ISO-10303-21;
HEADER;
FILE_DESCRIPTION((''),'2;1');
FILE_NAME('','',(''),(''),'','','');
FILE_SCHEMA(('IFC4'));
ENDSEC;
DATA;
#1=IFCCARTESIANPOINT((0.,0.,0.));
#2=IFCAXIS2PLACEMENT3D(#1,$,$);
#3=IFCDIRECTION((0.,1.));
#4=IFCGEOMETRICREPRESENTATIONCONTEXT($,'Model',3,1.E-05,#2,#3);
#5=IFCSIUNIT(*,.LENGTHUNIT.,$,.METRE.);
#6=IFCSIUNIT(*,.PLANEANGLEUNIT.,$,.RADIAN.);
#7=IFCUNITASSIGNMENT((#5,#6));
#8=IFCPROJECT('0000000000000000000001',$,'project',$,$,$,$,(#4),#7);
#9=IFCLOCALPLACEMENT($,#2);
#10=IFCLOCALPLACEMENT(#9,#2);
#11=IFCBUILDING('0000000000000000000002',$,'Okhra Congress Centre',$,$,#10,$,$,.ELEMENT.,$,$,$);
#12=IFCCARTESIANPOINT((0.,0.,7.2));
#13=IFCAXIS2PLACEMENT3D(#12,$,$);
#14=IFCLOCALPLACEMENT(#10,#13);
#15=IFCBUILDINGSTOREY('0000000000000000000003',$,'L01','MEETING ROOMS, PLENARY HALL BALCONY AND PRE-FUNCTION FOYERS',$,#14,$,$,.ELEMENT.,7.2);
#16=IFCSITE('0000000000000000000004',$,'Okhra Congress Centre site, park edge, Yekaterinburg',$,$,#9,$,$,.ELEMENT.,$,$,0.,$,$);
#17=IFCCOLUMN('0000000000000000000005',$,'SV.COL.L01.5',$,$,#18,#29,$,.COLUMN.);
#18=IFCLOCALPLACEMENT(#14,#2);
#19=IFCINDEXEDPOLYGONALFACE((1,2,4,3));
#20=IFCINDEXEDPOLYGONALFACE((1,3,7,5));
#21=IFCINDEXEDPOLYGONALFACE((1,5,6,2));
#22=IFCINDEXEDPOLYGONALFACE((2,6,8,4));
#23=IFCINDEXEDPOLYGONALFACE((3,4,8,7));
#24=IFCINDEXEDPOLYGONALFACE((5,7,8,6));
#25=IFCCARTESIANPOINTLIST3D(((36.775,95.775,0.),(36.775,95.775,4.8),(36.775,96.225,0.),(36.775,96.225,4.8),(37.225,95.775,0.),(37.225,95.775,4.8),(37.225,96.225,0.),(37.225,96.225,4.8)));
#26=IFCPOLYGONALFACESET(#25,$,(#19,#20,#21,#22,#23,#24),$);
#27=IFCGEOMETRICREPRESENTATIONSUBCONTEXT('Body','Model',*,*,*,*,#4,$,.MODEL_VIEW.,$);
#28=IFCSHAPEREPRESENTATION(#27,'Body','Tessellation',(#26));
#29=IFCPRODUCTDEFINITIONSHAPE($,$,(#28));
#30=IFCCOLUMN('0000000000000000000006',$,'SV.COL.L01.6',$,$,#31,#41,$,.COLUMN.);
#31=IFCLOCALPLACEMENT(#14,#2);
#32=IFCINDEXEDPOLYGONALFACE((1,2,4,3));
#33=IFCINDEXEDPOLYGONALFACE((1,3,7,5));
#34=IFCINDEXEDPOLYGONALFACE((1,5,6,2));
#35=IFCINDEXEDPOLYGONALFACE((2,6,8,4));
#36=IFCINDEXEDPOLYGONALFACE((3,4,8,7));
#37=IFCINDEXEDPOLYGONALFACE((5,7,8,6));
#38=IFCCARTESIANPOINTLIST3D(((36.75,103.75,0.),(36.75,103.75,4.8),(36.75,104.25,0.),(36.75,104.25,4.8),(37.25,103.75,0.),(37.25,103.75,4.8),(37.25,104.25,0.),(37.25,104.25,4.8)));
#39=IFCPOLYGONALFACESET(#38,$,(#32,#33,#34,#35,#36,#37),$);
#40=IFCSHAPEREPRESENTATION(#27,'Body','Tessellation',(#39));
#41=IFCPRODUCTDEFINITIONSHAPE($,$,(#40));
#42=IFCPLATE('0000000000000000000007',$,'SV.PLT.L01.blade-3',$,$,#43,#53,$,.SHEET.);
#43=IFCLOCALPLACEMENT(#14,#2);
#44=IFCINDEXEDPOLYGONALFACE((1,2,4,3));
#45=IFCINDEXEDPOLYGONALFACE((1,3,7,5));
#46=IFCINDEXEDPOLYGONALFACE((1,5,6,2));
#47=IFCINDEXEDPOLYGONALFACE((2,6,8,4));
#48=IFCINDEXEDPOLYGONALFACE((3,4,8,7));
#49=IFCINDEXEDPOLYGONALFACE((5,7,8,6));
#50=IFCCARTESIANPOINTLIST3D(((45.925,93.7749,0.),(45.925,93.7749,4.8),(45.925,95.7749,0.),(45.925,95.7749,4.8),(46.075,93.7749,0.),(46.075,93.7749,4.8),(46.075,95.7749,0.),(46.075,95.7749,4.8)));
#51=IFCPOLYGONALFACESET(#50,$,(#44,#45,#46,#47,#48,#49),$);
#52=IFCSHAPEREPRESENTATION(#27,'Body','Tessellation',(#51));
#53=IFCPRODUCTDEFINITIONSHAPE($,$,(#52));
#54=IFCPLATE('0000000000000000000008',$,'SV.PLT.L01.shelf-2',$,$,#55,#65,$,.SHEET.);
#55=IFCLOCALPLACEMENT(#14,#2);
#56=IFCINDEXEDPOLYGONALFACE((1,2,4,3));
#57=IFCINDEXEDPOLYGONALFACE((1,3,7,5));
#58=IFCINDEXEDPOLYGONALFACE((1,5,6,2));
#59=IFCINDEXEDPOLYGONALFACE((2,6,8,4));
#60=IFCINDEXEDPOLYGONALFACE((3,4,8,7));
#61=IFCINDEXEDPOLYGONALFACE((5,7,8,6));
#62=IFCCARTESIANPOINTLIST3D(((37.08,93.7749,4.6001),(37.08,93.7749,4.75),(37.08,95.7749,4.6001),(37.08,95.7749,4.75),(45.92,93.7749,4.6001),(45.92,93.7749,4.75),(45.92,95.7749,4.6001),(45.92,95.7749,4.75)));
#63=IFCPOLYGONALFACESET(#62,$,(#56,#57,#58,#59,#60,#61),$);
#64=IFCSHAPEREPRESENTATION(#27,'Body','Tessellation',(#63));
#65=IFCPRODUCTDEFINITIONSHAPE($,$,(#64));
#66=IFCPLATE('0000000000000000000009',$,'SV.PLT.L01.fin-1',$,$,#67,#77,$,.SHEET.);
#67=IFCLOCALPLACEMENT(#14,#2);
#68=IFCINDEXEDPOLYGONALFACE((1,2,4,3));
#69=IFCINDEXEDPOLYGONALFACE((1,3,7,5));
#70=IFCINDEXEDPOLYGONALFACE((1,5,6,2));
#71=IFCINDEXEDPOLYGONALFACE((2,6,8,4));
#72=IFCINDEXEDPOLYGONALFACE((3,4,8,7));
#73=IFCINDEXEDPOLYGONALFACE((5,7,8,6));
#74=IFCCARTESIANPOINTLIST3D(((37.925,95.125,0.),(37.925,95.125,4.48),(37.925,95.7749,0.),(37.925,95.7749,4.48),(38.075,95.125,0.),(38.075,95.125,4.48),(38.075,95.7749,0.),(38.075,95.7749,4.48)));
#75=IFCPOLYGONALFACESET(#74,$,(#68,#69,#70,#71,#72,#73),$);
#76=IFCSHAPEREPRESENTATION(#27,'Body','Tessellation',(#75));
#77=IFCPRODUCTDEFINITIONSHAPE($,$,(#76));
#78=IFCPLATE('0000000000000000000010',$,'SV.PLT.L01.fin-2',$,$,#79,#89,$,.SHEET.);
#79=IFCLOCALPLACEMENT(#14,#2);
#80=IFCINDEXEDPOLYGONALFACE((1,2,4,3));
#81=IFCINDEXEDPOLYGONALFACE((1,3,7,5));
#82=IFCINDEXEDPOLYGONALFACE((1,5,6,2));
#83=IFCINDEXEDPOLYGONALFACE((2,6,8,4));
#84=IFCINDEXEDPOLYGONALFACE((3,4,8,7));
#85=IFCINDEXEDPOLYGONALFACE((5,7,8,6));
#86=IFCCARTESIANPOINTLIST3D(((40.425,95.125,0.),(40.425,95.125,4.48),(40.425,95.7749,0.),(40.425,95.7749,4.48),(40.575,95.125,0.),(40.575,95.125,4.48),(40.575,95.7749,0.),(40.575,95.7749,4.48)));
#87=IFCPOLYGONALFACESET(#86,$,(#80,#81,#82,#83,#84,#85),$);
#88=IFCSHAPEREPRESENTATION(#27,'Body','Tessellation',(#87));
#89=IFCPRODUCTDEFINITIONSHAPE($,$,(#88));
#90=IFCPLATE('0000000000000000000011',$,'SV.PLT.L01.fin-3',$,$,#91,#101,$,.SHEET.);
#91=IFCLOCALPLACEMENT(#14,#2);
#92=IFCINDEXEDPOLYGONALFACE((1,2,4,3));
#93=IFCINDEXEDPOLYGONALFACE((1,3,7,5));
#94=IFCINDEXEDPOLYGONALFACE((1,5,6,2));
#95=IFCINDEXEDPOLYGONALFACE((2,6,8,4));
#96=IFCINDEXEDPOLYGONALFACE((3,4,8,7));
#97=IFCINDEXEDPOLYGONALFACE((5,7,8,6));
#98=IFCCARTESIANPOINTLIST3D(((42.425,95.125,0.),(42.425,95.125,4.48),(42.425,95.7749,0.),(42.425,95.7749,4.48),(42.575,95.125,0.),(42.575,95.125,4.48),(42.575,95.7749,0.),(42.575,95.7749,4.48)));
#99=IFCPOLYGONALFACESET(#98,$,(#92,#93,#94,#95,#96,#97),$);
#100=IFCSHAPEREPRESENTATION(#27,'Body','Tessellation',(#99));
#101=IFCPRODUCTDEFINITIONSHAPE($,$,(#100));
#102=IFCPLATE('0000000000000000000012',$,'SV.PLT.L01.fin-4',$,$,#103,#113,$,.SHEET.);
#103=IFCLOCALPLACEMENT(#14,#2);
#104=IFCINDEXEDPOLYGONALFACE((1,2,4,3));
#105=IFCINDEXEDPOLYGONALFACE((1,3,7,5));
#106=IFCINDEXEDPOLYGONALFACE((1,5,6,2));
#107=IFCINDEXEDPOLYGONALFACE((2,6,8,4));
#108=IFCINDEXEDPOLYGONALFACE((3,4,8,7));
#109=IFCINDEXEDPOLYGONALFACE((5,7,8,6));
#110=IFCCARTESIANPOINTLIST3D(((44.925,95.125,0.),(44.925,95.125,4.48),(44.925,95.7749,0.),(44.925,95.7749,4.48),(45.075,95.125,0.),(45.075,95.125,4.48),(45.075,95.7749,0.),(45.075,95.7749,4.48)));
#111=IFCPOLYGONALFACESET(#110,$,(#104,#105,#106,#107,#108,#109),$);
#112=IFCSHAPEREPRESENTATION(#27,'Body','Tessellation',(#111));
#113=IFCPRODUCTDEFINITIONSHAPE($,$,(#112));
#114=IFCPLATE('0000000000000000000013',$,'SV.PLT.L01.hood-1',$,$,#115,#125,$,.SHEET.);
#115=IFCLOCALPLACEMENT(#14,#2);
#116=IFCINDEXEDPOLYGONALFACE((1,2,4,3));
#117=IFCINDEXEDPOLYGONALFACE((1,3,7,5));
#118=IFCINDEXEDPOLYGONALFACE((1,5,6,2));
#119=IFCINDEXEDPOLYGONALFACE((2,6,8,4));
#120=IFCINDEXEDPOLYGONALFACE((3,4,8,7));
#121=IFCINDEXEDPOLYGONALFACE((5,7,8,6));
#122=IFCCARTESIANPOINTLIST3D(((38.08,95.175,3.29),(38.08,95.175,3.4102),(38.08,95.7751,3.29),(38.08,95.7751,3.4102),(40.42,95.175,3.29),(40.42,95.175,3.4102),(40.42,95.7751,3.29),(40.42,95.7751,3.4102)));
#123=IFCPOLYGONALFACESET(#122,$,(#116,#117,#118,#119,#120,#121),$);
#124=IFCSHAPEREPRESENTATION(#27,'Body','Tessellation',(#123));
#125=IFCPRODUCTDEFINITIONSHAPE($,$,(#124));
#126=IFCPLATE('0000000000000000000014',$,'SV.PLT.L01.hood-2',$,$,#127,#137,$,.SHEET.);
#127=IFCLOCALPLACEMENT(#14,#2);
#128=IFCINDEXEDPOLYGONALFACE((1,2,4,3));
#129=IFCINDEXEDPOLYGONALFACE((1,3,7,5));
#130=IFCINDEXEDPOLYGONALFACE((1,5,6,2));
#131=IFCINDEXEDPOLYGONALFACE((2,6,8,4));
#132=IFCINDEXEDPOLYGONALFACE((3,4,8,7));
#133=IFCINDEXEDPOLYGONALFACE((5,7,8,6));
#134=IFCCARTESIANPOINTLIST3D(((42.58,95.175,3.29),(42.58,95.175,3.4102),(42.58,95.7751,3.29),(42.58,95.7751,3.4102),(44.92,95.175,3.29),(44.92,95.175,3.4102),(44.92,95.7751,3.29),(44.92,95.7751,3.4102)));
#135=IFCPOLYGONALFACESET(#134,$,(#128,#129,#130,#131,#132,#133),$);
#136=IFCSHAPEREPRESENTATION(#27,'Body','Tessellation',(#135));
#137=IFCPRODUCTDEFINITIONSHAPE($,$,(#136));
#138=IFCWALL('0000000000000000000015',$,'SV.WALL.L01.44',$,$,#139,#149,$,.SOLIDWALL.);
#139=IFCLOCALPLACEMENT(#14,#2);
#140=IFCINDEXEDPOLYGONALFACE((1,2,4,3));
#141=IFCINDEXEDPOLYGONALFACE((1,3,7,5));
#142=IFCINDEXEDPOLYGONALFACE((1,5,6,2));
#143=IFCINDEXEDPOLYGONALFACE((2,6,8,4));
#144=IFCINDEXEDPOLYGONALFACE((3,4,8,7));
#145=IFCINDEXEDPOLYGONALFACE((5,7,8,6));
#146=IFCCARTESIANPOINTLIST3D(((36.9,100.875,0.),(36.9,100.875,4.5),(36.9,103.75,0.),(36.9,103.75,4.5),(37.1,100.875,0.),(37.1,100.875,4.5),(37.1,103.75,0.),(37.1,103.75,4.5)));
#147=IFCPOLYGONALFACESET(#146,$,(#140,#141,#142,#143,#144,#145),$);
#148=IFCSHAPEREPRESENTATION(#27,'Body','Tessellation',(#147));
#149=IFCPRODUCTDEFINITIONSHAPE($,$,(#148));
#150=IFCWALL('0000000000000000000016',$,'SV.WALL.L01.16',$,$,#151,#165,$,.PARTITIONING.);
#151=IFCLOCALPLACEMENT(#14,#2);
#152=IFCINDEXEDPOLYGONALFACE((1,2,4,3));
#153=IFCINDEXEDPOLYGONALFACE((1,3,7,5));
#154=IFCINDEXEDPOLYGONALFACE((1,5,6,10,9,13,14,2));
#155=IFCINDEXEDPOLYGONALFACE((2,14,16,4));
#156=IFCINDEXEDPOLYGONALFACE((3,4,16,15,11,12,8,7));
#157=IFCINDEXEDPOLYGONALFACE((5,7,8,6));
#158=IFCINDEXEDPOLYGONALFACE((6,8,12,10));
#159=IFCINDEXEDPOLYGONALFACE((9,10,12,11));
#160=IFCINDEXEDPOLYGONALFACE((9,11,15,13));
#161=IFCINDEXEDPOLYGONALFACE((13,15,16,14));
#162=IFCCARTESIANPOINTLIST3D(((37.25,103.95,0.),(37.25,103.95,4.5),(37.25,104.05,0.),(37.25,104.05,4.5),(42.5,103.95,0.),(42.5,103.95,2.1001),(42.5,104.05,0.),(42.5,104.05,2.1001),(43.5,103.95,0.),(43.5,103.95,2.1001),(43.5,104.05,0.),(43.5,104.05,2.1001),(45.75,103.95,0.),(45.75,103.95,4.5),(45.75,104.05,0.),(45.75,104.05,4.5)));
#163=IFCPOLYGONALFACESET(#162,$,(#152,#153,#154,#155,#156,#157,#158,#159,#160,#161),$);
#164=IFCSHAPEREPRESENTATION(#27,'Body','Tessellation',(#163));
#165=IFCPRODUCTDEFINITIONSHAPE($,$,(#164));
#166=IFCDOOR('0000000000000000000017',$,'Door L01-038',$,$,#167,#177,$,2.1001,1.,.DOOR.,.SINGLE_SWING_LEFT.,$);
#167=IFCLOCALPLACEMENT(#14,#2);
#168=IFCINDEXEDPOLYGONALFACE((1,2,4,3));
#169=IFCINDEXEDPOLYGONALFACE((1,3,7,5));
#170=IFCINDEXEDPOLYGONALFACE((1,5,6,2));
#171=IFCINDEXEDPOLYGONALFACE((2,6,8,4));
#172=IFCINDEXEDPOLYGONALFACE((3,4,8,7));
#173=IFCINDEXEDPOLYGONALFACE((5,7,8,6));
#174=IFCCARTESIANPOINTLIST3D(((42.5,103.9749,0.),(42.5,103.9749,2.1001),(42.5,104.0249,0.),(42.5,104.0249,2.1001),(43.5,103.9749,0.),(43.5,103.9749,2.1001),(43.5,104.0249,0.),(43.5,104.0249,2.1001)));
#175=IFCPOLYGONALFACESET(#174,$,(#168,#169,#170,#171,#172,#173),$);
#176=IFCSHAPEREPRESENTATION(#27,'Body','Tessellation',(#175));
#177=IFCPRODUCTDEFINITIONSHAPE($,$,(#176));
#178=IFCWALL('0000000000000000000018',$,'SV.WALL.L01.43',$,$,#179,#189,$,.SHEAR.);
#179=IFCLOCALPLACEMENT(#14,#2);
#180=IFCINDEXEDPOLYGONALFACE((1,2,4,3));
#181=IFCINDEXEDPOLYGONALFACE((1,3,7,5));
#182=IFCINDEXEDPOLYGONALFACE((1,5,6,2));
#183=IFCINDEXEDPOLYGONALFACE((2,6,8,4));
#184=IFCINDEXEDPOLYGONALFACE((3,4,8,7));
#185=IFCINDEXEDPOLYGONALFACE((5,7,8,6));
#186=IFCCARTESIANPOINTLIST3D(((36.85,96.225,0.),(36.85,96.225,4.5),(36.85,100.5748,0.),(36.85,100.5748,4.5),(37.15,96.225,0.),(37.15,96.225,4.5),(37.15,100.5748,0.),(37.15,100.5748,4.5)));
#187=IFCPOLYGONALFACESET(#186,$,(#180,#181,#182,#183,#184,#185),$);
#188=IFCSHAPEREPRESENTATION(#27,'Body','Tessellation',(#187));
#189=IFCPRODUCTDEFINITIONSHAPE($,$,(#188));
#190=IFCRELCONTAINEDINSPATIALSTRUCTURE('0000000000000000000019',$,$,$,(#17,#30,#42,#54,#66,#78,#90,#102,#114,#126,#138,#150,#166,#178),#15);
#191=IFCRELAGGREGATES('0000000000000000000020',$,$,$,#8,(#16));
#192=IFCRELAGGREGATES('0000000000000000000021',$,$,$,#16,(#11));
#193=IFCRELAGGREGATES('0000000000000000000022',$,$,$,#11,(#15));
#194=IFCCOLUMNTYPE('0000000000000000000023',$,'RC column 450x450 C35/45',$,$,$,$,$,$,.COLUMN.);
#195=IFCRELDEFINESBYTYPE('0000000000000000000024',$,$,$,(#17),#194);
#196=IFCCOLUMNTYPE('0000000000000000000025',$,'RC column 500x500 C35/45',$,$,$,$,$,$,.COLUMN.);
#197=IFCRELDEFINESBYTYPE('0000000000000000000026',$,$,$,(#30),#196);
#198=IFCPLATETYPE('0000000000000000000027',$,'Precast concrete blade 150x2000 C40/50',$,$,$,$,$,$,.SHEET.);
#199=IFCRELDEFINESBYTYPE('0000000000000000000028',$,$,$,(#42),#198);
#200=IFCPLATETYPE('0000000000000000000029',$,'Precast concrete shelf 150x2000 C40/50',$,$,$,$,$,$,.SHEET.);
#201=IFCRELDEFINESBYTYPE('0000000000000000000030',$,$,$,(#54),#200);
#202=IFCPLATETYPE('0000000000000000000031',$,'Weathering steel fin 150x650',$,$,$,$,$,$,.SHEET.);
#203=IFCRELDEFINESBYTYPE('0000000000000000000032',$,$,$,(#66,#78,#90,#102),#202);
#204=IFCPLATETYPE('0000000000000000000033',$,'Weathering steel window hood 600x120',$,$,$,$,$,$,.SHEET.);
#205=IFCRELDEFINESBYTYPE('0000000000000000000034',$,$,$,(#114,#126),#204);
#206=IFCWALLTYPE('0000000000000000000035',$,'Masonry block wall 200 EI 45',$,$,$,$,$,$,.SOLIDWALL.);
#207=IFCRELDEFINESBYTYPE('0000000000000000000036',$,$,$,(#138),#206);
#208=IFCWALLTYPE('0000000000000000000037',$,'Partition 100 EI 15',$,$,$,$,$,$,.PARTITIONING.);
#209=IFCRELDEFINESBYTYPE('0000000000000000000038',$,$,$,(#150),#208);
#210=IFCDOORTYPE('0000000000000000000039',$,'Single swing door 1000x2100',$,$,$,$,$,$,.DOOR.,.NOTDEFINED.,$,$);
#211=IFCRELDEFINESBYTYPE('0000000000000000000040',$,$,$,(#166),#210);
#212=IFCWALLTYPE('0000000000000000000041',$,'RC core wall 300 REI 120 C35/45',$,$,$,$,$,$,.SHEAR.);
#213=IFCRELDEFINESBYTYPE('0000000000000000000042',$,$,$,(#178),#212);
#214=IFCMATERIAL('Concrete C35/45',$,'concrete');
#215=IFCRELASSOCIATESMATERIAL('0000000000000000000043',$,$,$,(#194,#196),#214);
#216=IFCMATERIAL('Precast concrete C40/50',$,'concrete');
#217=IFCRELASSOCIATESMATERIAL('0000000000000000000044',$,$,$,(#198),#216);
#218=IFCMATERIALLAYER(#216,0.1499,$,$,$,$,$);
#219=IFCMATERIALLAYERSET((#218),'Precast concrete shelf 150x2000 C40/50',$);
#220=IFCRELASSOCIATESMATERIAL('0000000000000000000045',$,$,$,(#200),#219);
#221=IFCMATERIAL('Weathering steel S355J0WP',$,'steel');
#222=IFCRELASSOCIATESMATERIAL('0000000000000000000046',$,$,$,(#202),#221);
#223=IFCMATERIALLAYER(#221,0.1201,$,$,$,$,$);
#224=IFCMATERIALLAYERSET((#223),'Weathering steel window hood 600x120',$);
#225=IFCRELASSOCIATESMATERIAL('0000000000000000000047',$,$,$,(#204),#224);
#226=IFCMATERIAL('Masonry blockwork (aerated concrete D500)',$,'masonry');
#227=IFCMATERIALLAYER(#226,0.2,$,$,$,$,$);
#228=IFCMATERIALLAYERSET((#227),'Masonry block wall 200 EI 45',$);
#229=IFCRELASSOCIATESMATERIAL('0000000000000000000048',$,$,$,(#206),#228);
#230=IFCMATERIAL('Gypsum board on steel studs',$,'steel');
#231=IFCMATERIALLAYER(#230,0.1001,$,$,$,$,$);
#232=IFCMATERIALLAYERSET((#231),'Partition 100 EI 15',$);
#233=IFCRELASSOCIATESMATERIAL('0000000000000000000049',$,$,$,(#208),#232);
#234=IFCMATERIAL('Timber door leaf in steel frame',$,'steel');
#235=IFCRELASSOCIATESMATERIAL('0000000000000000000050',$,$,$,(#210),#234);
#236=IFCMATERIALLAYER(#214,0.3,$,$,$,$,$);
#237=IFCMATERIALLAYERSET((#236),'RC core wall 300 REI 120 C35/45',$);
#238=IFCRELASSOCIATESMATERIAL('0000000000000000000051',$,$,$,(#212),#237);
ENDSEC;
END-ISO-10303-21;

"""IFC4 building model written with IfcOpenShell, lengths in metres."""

from ifc_helpers import new_model, si_unit, direction, frame, frame_2d, origin, origin_2d, place, context, subcontext, project, spatial, rectangle, extrude, material, layer, layer_set, material_profile, profile_set, type_object, element, fill, save


model = new_model("IFC4")

# Units and contexts
model_context = context("Model", 3, precision=1e-05, world=origin(), true_north=direction((0.0, 1.0)))
body_context = subcontext(model_context, "Body", "Model", "MODEL_VIEW")
ifc_project = project(units=[si_unit("LENGTHUNIT", "METRE"), si_unit("PLANEANGLEUNIT", "RADIAN")], contexts=[model_context])

# Site, building, storey
site_placement = place(None, origin())
site = spatial("IfcSite", under=ifc_project, at=site_placement, Name="Okhra Congress Centre site, park edge, Yekaterinburg", CompositionType="ELEMENT", RefElevation=0.0)
building_placement = place(site_placement, origin())
building = spatial("IfcBuilding", under=site, at=building_placement, Name="Okhra Congress Centre", CompositionType="ELEMENT")
storey_placement = place(building_placement, frame((0.0, 0.0, 7.2)))
storey = spatial("IfcBuildingStorey", under=building, at=storey_placement, Name="L01", Description="MEETING ROOMS, PLENARY HALL BALCONY AND PRE-FUNCTION FOYERS", CompositionType="ELEMENT", Elevation=7.2)

# Columns
ifc_material_1 = material(Name="Concrete C35/45", Category="concrete")
ifc_material_profile_1 = material_profile(ifc_material_1, rectangle(XDim=0.45, YDim=0.45, at=origin_2d()), Name="RC 450x450")
ifc_profile_set_1 = profile_set([ifc_material_profile_1], Name="Concrete C35/45")
column_type_1 = type_object("IfcColumnType", Name="RC column 450x450 C35/45", PredefinedType="COLUMN", material=ifc_profile_set_1)
column_1_placement = place(storey_placement, frame((37.0, 96.0, 0.0), z_axis=(0.0, 0.0, 1.0), x_axis=(1.0, 0.0, 0.0)))
element("IfcColumn", 1, at=column_1_placement, inside=storey, type_object=column_type_1, Name="SV.COL.L01.5", PredefinedType="COLUMN", context=body_context, shape_type="SweptSolid", body=[
    extrude(rectangle(XDim=0.45, YDim=0.45, at=origin_2d()), origin(), (0.0, 0.0, 1.0), 4.8),
])
ifc_material_profile_2 = material_profile(ifc_material_1, rectangle(XDim=0.5, YDim=0.5, at=origin_2d()), Name="RC 500x500")
ifc_profile_set_2 = profile_set([ifc_material_profile_2], Name="Concrete C35/45")
column_type_2 = type_object("IfcColumnType", Name="RC column 500x500 C35/45", PredefinedType="COLUMN", material=ifc_profile_set_2)
column_2_placement = place(storey_placement, frame((37.0, 104.0, 0.0), z_axis=(0.0, 0.0, 1.0), x_axis=(1.0, 0.0, 0.0)))
element("IfcColumn", 2, at=column_2_placement, inside=storey, type_object=column_type_2, Name="SV.COL.L01.6", PredefinedType="COLUMN", context=body_context, shape_type="SweptSolid", body=[
    extrude(rectangle(XDim=0.5, YDim=0.5, at=origin_2d()), origin(), (0.0, 0.0, 1.0), 4.8),
])

# Plates
ifc_material_2 = material(Name="Precast concrete C40/50", Category="concrete")
plate_type_1 = type_object("IfcPlateType", Name="Precast concrete blade 150x2000 C40/50", PredefinedType="SHEET", material=ifc_material_2)
plate_1_placement = place(storey_placement, frame((46.0, 94.7749, 0.0), z_axis=(0.0, 0.0, 1.0), x_axis=(1.0, 0.0, 0.0)))
element("IfcPlate", 3, at=plate_1_placement, inside=storey, type_object=plate_type_1, Name="SV.PLT.L01.blade-3", PredefinedType="SHEET", context=body_context, shape_type="SweptSolid", body=[
    extrude(rectangle(XDim=0.1499, YDim=2.0, at=origin_2d()), origin(), (0.0, 0.0, 1.0), 4.8),
])
ifc_layer_1 = layer(ifc_material_2, 0.1499)
ifc_layer_set_1 = layer_set([ifc_layer_1], Name="Precast concrete shelf 150x2000 C40/50")
plate_type_2 = type_object("IfcPlateType", Name="Precast concrete shelf 150x2000 C40/50", PredefinedType="SHEET", material=ifc_layer_set_1)
plate_2_placement = place(storey_placement, frame((41.5, 94.7749, 4.6001), z_axis=(0.0, 0.0, 1.0), x_axis=(1.0, 0.0, 0.0)))
element("IfcPlate", 4, at=plate_2_placement, inside=storey, type_object=plate_type_2, Name="SV.PLT.L01.shelf-2", PredefinedType="SHEET", context=body_context, shape_type="SweptSolid", body=[
    extrude(rectangle(XDim=8.8401, YDim=2.0, at=origin_2d()), origin(), (0.0, 0.0, 1.0), 0.1499),
])
ifc_material_3 = material(Name="Weathering steel S355J0WP", Category="steel")
plate_type_3 = type_object("IfcPlateType", Name="Weathering steel fin 150x650", PredefinedType="SHEET", material=ifc_material_3)
for number, where, z_axis, x_axis, name in (
    (5, (38.0, 95.45, 0.0), (0.0, 0.0, 1.0), (1.0, 0.0, 0.0), "SV.PLT.L01.fin-1"),
    (6, (40.5, 95.45, 0.0), (0.0, 0.0, 1.0), (1.0, 0.0, 0.0), "SV.PLT.L01.fin-2"),
    (7, (42.5, 95.45, 0.0), (0.0, 0.0, 1.0), (1.0, 0.0, 0.0), "SV.PLT.L01.fin-3"),
    (8, (45.0, 95.45, 0.0), (0.0, 0.0, 1.0), (1.0, 0.0, 0.0), "SV.PLT.L01.fin-4"),
):
    element("IfcPlate", number, at=place(storey_placement, frame(where, z_axis=z_axis, x_axis=x_axis)), inside=storey, type_object=plate_type_3, Name=name, PredefinedType="SHEET", context=body_context, shape_type="SweptSolid", body=[
        extrude(rectangle(XDim=0.1499, YDim=0.6499, at=origin_2d()), origin(), (0.0, 0.0, 1.0), 4.48),
    ])
ifc_layer_2 = layer(ifc_material_3, 0.1201)
ifc_layer_set_2 = layer_set([ifc_layer_2], Name="Weathering steel window hood 600x120")
plate_type_4 = type_object("IfcPlateType", Name="Weathering steel window hood 600x120", PredefinedType="SHEET", material=ifc_layer_set_2)
for number, where, z_axis, x_axis, name in (
    (9, (39.25, 95.4751, 3.29), (0.0, 0.0, 1.0), (1.0, 0.0, 0.0), "SV.PLT.L01.hood-1"),
    (10, (43.75, 95.4751, 3.29), (0.0, 0.0, 1.0), (1.0, 0.0, 0.0), "SV.PLT.L01.hood-2"),
):
    element("IfcPlate", number, at=place(storey_placement, frame(where, z_axis=z_axis, x_axis=x_axis)), inside=storey, type_object=plate_type_4, Name=name, PredefinedType="SHEET", context=body_context, shape_type="SweptSolid", body=[
        extrude(rectangle(XDim=2.3401, YDim=0.6001, at=origin_2d()), origin(), (0.0, 0.0, 1.0), 0.1201),
    ])

# Wall
ifc_material_4 = material(Name="Masonry blockwork (aerated concrete D500)", Category="masonry")
ifc_layer_3 = layer(ifc_material_4, 0.2)
ifc_layer_set_3 = layer_set([ifc_layer_3], Name="Masonry block wall 200 EI 45")
wall_type_1 = type_object("IfcWallType", Name="Masonry block wall 200 EI 45", PredefinedType="SOLIDWALL", material=ifc_layer_set_3)
wall_1_placement = place(storey_placement, frame((37.0, 100.875, 0.0), z_axis=(0.0, 0.0, 1.0), x_axis=(0.0, 1.0, 0.0)))
element("IfcWall", 11, at=wall_1_placement, inside=storey, type_object=wall_type_1, Name="SV.WALL.L01.44", PredefinedType="SOLIDWALL", context=body_context, shape_type="SweptSolid", body=[
    extrude(rectangle(XDim=2.875, YDim=0.2, at=frame_2d((1.4375, 0.0))), origin(), (0.0, 0.0, 1.0), 4.5),
])

# Wall, opening, door
ifc_material_5 = material(Name="Gypsum board on steel studs", Category="steel")
ifc_layer_4 = layer(ifc_material_5, 0.1001)
ifc_layer_set_4 = layer_set([ifc_layer_4], Name="Partition 100 EI 15")
wall_type_2 = type_object("IfcWallType", Name="Partition 100 EI 15", PredefinedType="PARTITIONING", material=ifc_layer_set_4)
wall_2_placement = place(storey_placement, frame((37.25, 104.0, 0.0), z_axis=(0.0, 0.0, 1.0), x_axis=(1.0, 0.0, 0.0)))
wall_2 = element("IfcWall", 12, at=wall_2_placement, inside=storey, type_object=wall_type_2, Name="SV.WALL.L01.16", PredefinedType="PARTITIONING", context=body_context, shape_type="SweptSolid", body=[
    extrude(rectangle(XDim=8.5, YDim=0.1001, at=frame_2d((4.25, 0.0))), origin(), (0.0, 0.0, 1.0), 4.5),
])
opening_1_placement = place(wall_2_placement, frame((5.25, 0.0, 0.0)))
opening_1 = element("IfcOpeningElement", 13, at=opening_1_placement, cuts=wall_2, PredefinedType="OPENING", context=body_context, shape_type="SweptSolid", body=[
    extrude(rectangle(XDim=1.0, YDim=2.1001, at=frame_2d((0.5, 1.05))), frame((0.0, 0.0601, 0.0), z_axis=(0.0, -1.0, 0.0), x_axis=(1.0, 0.0, 0.0)), (0.0, 0.0, 1.0), 0.1201),
])
ifc_material_6 = material(Name="Timber door leaf in steel frame", Category="steel")
door_type = type_object("IfcDoorType", Name="Single swing door 1000x2100", OperationType="NOTDEFINED", PredefinedType="DOOR", material=ifc_material_6)
door_placement = place(opening_1_placement, origin())
door = element("IfcDoor", 14, at=door_placement, inside=storey, type_object=door_type, Name="Door L01-038", OperationType="SINGLE_SWING_LEFT", OverallHeight=2.1001, OverallWidth=1.0, PredefinedType="DOOR", context=body_context, shape_type="SweptSolid", body=[
    extrude(rectangle(XDim=1.0, YDim=2.1001, at=frame_2d((0.5, 1.05))), frame((0.0, 0.0249, 0.0), z_axis=(0.0, -1.0, 0.0), x_axis=(1.0, 0.0, 0.0)), (0.0, 0.0, 1.0), 0.05),
])
fill(opening_1, door)

# Wall
ifc_layer_5 = layer(ifc_material_1, 0.3)
ifc_layer_set_5 = layer_set([ifc_layer_5], Name="RC core wall 300 REI 120 C35/45")
wall_type_3 = type_object("IfcWallType", Name="RC core wall 300 REI 120 C35/45", PredefinedType="SHEAR", material=ifc_layer_set_5)
wall_3_placement = place(storey_placement, frame((37.0, 96.2251, 0.0), z_axis=(0.0, 0.0, 1.0), x_axis=(0.0, 1.0, 0.0)))
element("IfcWall", 15, at=wall_3_placement, inside=storey, type_object=wall_type_3, Name="SV.WALL.L01.43", PredefinedType="SHEAR", context=body_context, shape_type="SweptSolid", body=[
    extrude(rectangle(XDim=4.3499, YDim=0.3, at=frame_2d((2.1748, 0.0))), origin(), (0.0, 0.0, 1.0), 4.5),
])

save(model, "model.ifc")
